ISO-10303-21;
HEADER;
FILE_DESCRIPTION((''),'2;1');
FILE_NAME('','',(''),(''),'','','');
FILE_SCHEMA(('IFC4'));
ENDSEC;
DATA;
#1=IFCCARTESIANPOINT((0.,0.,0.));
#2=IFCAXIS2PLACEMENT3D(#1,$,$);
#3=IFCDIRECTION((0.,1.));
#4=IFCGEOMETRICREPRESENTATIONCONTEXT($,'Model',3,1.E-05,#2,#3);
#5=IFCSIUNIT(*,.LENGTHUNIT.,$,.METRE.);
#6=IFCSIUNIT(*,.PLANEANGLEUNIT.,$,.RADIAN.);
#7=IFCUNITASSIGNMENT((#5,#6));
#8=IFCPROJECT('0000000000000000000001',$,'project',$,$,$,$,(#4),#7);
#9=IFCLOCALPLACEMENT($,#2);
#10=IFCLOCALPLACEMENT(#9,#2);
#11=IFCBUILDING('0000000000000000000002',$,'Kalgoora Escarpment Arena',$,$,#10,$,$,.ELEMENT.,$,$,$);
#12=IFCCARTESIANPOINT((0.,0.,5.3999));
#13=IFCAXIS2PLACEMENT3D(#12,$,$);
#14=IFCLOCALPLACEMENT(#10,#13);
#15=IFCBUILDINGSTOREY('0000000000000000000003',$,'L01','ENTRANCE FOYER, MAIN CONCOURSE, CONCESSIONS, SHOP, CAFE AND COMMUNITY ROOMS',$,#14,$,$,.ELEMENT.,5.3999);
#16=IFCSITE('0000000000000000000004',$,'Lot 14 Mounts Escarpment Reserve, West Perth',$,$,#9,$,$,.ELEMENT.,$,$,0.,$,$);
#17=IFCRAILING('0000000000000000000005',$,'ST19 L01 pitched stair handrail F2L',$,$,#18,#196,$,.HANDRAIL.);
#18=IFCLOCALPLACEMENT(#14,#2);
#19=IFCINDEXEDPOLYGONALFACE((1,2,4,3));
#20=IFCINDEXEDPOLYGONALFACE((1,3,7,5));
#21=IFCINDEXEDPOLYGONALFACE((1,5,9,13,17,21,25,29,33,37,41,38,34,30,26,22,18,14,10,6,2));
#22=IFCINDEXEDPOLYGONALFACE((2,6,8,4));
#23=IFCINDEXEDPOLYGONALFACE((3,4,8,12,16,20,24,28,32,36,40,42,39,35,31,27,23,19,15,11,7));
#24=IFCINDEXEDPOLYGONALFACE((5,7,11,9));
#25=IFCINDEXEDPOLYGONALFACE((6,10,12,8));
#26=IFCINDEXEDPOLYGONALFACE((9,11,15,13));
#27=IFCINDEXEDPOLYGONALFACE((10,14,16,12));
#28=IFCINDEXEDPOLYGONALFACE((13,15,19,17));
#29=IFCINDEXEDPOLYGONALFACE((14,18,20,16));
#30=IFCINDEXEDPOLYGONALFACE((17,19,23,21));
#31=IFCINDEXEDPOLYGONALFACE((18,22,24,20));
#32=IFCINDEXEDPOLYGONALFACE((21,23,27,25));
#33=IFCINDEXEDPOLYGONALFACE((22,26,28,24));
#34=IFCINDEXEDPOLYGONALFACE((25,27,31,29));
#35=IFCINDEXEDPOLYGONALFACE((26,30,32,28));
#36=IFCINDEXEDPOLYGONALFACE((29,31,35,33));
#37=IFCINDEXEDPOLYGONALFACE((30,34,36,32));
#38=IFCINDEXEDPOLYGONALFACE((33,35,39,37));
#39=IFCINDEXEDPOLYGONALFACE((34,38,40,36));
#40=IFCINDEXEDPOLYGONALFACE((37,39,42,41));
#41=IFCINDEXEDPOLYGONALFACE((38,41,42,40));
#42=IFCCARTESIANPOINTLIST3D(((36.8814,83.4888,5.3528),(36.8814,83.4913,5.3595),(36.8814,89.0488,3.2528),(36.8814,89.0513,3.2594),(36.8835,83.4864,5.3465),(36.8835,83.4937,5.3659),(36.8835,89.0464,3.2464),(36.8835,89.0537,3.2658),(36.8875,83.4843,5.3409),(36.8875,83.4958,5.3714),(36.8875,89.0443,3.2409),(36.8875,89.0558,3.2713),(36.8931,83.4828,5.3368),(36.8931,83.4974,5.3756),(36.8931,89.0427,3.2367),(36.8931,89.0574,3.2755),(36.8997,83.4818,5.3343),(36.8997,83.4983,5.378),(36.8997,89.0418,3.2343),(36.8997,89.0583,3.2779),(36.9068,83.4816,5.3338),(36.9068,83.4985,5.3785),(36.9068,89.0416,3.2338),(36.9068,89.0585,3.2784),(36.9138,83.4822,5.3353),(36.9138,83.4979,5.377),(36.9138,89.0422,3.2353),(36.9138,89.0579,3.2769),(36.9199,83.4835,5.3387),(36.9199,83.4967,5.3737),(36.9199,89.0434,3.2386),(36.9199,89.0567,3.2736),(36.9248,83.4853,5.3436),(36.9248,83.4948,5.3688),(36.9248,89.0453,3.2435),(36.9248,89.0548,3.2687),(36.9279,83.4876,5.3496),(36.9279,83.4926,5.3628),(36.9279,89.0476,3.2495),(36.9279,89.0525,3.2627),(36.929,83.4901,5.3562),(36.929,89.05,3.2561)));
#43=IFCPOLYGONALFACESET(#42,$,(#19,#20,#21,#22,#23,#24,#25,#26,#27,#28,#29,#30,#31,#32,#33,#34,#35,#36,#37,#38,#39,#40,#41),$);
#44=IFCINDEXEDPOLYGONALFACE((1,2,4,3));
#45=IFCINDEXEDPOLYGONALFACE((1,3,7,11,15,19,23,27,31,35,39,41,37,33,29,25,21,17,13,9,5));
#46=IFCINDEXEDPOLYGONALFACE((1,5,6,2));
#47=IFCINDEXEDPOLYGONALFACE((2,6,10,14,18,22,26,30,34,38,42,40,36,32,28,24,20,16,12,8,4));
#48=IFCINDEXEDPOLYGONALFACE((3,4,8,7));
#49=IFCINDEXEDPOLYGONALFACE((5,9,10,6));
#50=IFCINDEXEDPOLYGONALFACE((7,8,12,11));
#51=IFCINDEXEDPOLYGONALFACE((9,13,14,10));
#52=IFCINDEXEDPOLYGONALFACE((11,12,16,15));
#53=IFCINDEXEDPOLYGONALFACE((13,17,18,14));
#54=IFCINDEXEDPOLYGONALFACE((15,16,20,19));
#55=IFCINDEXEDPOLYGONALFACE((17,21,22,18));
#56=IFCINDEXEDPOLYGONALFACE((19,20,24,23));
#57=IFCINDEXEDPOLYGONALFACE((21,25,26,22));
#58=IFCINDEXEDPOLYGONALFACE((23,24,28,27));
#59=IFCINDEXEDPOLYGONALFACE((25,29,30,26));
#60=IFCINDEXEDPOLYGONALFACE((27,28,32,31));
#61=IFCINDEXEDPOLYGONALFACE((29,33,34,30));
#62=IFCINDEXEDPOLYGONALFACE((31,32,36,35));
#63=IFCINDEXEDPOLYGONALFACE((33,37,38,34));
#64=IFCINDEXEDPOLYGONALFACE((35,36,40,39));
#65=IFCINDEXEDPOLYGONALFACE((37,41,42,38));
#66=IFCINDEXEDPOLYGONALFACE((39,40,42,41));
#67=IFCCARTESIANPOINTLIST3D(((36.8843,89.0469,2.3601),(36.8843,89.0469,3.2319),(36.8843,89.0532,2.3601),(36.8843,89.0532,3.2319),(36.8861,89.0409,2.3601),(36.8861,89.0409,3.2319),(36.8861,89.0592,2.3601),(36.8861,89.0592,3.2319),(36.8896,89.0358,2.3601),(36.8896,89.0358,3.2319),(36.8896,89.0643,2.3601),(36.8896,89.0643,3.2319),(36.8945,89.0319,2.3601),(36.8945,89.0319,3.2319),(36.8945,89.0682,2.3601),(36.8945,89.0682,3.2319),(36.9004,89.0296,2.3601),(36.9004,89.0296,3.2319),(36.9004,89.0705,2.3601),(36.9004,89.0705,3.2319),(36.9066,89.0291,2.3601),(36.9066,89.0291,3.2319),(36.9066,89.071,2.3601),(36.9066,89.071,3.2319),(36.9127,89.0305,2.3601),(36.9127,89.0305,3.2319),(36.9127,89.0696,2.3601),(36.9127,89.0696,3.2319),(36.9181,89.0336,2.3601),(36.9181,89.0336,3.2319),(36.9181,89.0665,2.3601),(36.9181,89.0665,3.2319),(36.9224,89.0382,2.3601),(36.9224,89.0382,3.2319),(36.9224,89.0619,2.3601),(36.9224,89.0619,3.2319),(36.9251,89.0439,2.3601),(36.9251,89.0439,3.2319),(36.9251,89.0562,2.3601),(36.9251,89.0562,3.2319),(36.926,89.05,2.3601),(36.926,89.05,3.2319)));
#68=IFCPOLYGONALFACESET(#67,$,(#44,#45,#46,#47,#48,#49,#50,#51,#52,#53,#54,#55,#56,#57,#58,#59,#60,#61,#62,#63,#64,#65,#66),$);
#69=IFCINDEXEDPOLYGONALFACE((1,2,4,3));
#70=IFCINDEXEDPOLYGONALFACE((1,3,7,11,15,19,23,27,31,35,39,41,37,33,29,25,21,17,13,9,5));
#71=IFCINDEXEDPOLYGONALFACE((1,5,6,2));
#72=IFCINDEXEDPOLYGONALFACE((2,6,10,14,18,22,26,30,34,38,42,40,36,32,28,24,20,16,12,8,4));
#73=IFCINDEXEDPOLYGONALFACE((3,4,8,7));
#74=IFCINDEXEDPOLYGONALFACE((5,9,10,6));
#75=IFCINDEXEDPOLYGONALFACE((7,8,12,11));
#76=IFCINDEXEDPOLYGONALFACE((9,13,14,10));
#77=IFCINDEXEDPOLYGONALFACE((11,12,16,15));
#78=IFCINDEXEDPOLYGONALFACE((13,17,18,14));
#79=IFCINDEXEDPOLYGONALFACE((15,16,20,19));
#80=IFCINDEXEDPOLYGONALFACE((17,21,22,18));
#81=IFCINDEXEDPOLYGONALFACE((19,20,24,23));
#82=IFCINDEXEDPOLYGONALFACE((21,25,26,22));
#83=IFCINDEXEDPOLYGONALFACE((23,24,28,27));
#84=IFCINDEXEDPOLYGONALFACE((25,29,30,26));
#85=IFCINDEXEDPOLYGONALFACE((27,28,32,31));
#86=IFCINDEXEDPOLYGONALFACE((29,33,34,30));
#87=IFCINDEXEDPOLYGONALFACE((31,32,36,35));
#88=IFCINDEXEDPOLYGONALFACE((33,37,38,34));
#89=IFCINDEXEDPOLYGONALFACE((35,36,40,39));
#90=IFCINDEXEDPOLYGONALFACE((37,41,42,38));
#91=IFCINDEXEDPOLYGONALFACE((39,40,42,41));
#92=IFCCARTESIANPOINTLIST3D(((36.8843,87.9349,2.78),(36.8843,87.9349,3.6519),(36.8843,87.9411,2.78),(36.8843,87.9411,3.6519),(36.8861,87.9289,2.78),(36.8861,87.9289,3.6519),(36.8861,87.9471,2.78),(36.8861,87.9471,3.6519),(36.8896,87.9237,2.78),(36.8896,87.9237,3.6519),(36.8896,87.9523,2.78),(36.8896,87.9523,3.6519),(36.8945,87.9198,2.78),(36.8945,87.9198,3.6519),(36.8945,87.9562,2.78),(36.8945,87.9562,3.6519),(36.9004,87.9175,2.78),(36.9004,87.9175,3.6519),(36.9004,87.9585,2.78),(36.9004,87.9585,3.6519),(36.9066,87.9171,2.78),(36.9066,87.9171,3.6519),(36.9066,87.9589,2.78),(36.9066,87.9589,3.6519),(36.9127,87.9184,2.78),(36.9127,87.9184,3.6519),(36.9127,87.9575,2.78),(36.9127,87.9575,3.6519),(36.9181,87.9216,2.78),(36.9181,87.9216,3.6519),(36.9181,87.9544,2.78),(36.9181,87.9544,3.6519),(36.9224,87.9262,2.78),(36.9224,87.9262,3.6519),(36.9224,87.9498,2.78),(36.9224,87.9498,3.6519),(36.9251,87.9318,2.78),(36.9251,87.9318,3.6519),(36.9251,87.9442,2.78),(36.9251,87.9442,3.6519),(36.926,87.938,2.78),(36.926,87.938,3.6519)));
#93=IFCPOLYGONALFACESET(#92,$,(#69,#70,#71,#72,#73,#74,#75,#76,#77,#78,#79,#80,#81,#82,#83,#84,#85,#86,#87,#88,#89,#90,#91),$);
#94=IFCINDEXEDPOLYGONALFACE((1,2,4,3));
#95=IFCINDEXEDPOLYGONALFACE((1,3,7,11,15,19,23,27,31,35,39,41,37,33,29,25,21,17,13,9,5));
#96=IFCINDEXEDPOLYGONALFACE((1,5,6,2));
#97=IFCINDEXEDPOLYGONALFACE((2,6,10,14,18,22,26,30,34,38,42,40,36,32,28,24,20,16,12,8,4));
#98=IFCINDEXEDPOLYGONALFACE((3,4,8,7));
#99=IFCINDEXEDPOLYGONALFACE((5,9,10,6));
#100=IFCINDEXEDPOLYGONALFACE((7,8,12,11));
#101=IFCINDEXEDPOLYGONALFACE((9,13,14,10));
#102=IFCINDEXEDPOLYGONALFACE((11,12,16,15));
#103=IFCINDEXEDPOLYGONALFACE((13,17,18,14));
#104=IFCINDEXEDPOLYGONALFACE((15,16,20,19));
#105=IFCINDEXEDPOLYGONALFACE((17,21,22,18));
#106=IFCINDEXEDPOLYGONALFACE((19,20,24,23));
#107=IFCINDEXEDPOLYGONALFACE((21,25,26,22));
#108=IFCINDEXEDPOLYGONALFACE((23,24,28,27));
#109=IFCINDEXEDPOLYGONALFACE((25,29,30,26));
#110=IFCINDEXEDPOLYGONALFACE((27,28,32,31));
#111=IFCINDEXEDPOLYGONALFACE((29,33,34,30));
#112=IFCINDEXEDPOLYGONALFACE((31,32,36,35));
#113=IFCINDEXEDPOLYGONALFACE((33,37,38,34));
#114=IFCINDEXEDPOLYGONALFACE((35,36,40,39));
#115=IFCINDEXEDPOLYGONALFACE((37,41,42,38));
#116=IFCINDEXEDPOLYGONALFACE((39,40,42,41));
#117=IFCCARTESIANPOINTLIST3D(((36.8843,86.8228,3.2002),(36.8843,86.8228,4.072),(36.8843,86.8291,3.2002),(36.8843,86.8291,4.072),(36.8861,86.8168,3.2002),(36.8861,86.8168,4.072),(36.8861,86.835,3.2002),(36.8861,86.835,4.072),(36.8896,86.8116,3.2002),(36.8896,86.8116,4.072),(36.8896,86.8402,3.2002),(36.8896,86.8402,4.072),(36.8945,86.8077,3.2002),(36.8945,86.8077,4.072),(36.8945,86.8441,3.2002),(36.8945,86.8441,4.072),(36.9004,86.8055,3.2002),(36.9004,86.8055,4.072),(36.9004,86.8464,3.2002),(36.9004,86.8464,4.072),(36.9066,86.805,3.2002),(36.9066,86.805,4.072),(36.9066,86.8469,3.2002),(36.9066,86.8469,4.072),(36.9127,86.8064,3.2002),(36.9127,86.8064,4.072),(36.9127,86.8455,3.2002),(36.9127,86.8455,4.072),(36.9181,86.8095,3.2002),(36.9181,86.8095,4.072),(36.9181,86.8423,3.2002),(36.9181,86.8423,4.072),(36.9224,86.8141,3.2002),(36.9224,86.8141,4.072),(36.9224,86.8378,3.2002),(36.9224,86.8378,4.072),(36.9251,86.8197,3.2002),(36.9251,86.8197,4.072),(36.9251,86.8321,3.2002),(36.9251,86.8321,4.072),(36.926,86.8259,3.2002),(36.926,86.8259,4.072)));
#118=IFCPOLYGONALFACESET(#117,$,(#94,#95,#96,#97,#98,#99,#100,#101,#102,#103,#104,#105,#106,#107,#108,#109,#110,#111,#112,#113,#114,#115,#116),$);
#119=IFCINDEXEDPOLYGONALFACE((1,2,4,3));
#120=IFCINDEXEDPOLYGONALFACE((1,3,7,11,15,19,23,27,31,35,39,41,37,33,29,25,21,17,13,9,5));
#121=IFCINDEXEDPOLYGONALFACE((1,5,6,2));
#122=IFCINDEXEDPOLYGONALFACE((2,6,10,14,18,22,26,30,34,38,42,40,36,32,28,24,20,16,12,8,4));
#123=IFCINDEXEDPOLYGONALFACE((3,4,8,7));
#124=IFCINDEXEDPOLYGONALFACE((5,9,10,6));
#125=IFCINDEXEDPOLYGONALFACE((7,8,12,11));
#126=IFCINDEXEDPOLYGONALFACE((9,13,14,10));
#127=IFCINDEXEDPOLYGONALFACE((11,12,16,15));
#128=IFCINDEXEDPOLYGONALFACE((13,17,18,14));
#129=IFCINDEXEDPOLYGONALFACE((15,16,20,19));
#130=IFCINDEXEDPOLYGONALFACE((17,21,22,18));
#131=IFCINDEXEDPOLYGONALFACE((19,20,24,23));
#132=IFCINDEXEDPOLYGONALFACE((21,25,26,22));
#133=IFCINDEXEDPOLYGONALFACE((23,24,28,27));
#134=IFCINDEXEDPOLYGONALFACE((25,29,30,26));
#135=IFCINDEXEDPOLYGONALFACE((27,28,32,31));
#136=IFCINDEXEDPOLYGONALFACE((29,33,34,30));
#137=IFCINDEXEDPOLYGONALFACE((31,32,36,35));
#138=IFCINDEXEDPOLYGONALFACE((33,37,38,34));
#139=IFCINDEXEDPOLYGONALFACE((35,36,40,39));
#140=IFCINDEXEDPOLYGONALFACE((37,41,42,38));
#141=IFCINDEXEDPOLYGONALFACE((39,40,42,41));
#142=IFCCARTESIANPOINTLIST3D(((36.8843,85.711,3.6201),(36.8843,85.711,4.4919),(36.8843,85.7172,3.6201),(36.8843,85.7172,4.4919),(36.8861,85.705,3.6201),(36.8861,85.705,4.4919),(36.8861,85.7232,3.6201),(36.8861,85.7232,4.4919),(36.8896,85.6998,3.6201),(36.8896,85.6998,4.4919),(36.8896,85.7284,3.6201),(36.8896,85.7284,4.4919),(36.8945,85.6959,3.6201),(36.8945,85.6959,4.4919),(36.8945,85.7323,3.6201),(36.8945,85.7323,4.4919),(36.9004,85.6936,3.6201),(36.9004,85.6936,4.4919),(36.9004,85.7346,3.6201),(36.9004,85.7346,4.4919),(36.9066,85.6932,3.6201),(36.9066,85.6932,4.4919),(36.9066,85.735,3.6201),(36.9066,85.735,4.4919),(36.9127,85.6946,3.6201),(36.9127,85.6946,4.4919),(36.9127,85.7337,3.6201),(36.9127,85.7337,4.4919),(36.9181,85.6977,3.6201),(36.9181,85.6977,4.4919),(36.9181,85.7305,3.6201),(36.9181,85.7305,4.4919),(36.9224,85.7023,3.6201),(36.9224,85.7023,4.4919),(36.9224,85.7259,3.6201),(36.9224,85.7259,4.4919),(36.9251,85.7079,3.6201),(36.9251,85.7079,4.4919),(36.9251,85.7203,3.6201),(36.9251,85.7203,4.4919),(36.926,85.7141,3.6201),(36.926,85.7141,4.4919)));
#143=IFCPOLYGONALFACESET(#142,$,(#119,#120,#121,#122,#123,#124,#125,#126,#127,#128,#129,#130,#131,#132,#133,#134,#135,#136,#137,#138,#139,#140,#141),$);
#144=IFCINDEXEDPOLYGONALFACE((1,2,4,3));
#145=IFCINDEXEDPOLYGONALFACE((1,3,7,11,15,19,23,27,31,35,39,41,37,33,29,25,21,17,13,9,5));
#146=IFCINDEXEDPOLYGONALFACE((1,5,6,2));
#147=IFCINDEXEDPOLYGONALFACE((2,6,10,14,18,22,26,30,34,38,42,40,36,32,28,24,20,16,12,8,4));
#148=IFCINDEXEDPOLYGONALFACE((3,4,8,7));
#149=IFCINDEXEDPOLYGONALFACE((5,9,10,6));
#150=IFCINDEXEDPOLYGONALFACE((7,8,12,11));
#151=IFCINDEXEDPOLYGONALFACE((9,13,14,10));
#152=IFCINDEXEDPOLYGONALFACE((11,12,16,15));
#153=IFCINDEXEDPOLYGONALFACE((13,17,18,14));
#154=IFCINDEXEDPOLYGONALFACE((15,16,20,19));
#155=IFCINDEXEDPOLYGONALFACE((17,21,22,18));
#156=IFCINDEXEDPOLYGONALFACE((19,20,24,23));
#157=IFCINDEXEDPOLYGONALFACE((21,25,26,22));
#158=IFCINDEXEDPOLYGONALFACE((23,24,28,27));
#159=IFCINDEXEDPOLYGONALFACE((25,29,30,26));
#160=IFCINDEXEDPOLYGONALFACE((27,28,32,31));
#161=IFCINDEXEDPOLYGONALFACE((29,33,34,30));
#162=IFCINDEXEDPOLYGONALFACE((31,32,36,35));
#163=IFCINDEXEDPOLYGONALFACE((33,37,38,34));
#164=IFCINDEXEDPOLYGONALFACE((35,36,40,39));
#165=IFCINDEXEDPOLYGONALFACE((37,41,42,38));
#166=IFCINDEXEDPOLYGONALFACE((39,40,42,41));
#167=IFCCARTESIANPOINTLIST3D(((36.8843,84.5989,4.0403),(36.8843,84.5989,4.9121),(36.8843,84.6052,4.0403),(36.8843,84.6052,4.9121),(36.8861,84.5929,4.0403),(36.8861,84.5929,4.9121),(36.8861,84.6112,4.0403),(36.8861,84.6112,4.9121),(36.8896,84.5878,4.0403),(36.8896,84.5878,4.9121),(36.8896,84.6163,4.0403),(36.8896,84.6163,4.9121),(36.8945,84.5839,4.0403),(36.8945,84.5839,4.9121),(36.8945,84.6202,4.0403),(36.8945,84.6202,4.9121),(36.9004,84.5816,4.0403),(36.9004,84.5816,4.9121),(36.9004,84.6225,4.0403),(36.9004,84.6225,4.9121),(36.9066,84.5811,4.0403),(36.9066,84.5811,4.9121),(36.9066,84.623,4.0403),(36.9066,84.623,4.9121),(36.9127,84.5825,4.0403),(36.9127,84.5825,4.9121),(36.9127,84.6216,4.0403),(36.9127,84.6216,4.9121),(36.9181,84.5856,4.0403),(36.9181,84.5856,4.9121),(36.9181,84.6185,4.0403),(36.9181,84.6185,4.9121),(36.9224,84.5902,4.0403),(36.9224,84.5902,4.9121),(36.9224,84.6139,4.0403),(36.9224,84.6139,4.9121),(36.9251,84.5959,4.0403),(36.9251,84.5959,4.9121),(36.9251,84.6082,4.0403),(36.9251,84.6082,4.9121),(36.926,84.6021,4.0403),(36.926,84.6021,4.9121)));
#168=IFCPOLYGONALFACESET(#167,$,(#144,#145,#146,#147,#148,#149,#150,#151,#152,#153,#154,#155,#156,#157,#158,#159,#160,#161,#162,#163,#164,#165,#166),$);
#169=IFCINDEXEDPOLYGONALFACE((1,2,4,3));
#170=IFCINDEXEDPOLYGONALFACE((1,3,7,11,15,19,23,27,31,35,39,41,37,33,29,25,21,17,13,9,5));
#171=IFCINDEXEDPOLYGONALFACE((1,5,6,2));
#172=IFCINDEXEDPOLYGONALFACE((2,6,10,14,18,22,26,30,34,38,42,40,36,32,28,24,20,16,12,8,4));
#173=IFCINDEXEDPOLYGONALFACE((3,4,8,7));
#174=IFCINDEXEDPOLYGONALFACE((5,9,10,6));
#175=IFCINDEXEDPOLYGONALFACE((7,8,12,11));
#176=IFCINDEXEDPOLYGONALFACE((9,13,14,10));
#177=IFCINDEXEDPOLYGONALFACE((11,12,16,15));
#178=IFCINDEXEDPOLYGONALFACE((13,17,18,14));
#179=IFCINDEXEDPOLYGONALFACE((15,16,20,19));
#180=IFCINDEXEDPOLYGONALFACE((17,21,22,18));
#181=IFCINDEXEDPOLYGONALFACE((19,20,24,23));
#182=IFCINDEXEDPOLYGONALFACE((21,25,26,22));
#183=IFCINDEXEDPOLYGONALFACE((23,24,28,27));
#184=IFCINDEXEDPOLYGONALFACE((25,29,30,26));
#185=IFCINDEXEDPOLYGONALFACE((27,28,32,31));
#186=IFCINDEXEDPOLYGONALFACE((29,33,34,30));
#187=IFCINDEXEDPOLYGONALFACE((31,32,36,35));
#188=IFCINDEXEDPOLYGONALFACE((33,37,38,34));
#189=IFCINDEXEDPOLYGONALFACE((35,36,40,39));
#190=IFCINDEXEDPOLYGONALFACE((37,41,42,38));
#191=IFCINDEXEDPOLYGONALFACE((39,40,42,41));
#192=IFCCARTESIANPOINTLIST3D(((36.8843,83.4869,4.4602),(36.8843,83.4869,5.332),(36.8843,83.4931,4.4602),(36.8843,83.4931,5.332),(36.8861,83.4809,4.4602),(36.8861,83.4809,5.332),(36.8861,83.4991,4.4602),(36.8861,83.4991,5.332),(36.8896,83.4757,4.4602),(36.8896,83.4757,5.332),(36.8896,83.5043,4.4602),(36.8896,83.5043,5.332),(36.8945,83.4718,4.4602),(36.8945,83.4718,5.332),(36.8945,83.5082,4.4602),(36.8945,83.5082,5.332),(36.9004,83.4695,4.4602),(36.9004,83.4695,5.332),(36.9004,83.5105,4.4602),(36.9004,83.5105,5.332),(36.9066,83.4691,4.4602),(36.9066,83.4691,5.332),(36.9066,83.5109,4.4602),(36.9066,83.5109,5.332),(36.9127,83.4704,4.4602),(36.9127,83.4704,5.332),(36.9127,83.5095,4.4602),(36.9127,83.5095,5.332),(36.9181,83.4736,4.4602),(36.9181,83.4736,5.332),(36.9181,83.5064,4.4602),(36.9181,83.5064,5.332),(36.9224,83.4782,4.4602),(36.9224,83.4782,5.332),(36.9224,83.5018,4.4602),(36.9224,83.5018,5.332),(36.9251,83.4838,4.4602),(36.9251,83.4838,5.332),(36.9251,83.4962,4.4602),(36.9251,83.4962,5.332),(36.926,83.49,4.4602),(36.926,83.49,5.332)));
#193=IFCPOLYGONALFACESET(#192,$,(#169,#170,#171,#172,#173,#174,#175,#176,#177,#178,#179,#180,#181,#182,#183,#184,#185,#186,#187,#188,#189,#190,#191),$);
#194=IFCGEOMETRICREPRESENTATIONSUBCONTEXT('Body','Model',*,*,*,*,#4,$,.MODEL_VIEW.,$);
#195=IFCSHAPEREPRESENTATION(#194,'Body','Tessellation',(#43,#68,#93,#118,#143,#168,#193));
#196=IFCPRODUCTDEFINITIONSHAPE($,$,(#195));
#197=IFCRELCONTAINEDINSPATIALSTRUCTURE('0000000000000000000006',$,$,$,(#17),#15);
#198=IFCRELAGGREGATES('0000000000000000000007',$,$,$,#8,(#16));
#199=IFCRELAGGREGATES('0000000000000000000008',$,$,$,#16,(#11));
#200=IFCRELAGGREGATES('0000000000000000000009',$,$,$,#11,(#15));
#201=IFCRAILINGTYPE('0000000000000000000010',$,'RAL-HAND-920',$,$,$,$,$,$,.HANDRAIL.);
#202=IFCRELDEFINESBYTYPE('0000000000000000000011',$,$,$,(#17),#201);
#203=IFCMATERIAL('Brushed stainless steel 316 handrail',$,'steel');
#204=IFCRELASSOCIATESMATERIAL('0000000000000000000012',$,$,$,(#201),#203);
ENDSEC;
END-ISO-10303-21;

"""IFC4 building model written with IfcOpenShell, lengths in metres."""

from ifc_helpers import new_model, si_unit, direction, frame, origin, origin_2d, place, context, subcontext, project, spatial, circle, extrude, material, type_object, element, save


model = new_model("IFC4")

# Units and contexts
model_context = context("Model", 3, precision=1e-05, world=origin(), true_north=direction((0.0, 1.0)))
body_context = subcontext(model_context, "Body", "Model", "MODEL_VIEW")
ifc_project = project(units=[si_unit("LENGTHUNIT", "METRE"), si_unit("PLANEANGLEUNIT", "RADIAN")], contexts=[model_context])

# Site, building, storey
site_placement = place(None, origin())
site = spatial("IfcSite", under=ifc_project, at=site_placement, Name="Lot 14 Mounts Escarpment Reserve, West Perth", CompositionType="ELEMENT", RefElevation=0.0)
building_placement = place(site_placement, origin())
building = spatial("IfcBuilding", under=site, at=building_placement, Name="Kalgoora Escarpment Arena", CompositionType="ELEMENT")
storey_placement = place(building_placement, frame((0.0, 0.0, 5.3999)))
storey = spatial("IfcBuildingStorey", under=building, at=storey_placement, Name="L01", Description="ENTRANCE FOYER, MAIN CONCOURSE, CONCESSIONS, SHOP, CAFE AND COMMUNITY ROOMS", CompositionType="ELEMENT", Elevation=5.3999)

# Railing
ifc_material_1 = material(Name="Brushed stainless steel 316 handrail", Category="steel")
railing_type_1 = type_object("IfcRailingType", Name="RAL-HAND-920", PredefinedType="HANDRAIL", material=ifc_material_1)
for number, where, name in (
    (1, (36.905, 89.05, 2.3601), "ST19 L01 pitched stair handrail F2L"),
):
    element("IfcRailing", number, at=place(storey_placement, frame(where)), inside=storey, type_object=railing_type_1, Name=name, PredefinedType="HANDRAIL", context=body_context, shape_type="SweptSolid", body=[
        extrude(circle(Radius=0.0239, at=origin_2d()), frame((0.0, 0.0, 0.896), z_axis=(0.0, -0.935493, 0.353346), x_axis=(1.0, 0.0, 0.0)), (0.0, 0.0, 1.0), 5.9434),
        extrude(circle(Radius=0.021, at=origin_2d()), origin(), (0.0, 0.0, 1.0), 0.8718),
        extrude(circle(Radius=0.021, at=origin_2d()), frame((0.0, -1.1121, 0.4199)), (0.0, 0.0, 1.0), 0.8718),
        extrude(circle(Radius=0.021, at=origin_2d()), frame((0.0, -2.2241, 0.8401)), (0.0, 0.0, 1.0), 0.8718),
        extrude(circle(Radius=0.021, at=origin_2d()), frame((0.0, -3.3359, 1.26)), (0.0, 0.0, 1.0), 0.8718),
        extrude(circle(Radius=0.021, at=origin_2d()), frame((0.0, -4.448, 1.6802)), (0.0, 0.0, 1.0), 0.8718),
        extrude(circle(Radius=0.021, at=origin_2d()), frame((0.0, -5.5601, 2.1001)), (0.0, 0.0, 1.0), 0.8718),
    ])

save(model, "model.ifc")
